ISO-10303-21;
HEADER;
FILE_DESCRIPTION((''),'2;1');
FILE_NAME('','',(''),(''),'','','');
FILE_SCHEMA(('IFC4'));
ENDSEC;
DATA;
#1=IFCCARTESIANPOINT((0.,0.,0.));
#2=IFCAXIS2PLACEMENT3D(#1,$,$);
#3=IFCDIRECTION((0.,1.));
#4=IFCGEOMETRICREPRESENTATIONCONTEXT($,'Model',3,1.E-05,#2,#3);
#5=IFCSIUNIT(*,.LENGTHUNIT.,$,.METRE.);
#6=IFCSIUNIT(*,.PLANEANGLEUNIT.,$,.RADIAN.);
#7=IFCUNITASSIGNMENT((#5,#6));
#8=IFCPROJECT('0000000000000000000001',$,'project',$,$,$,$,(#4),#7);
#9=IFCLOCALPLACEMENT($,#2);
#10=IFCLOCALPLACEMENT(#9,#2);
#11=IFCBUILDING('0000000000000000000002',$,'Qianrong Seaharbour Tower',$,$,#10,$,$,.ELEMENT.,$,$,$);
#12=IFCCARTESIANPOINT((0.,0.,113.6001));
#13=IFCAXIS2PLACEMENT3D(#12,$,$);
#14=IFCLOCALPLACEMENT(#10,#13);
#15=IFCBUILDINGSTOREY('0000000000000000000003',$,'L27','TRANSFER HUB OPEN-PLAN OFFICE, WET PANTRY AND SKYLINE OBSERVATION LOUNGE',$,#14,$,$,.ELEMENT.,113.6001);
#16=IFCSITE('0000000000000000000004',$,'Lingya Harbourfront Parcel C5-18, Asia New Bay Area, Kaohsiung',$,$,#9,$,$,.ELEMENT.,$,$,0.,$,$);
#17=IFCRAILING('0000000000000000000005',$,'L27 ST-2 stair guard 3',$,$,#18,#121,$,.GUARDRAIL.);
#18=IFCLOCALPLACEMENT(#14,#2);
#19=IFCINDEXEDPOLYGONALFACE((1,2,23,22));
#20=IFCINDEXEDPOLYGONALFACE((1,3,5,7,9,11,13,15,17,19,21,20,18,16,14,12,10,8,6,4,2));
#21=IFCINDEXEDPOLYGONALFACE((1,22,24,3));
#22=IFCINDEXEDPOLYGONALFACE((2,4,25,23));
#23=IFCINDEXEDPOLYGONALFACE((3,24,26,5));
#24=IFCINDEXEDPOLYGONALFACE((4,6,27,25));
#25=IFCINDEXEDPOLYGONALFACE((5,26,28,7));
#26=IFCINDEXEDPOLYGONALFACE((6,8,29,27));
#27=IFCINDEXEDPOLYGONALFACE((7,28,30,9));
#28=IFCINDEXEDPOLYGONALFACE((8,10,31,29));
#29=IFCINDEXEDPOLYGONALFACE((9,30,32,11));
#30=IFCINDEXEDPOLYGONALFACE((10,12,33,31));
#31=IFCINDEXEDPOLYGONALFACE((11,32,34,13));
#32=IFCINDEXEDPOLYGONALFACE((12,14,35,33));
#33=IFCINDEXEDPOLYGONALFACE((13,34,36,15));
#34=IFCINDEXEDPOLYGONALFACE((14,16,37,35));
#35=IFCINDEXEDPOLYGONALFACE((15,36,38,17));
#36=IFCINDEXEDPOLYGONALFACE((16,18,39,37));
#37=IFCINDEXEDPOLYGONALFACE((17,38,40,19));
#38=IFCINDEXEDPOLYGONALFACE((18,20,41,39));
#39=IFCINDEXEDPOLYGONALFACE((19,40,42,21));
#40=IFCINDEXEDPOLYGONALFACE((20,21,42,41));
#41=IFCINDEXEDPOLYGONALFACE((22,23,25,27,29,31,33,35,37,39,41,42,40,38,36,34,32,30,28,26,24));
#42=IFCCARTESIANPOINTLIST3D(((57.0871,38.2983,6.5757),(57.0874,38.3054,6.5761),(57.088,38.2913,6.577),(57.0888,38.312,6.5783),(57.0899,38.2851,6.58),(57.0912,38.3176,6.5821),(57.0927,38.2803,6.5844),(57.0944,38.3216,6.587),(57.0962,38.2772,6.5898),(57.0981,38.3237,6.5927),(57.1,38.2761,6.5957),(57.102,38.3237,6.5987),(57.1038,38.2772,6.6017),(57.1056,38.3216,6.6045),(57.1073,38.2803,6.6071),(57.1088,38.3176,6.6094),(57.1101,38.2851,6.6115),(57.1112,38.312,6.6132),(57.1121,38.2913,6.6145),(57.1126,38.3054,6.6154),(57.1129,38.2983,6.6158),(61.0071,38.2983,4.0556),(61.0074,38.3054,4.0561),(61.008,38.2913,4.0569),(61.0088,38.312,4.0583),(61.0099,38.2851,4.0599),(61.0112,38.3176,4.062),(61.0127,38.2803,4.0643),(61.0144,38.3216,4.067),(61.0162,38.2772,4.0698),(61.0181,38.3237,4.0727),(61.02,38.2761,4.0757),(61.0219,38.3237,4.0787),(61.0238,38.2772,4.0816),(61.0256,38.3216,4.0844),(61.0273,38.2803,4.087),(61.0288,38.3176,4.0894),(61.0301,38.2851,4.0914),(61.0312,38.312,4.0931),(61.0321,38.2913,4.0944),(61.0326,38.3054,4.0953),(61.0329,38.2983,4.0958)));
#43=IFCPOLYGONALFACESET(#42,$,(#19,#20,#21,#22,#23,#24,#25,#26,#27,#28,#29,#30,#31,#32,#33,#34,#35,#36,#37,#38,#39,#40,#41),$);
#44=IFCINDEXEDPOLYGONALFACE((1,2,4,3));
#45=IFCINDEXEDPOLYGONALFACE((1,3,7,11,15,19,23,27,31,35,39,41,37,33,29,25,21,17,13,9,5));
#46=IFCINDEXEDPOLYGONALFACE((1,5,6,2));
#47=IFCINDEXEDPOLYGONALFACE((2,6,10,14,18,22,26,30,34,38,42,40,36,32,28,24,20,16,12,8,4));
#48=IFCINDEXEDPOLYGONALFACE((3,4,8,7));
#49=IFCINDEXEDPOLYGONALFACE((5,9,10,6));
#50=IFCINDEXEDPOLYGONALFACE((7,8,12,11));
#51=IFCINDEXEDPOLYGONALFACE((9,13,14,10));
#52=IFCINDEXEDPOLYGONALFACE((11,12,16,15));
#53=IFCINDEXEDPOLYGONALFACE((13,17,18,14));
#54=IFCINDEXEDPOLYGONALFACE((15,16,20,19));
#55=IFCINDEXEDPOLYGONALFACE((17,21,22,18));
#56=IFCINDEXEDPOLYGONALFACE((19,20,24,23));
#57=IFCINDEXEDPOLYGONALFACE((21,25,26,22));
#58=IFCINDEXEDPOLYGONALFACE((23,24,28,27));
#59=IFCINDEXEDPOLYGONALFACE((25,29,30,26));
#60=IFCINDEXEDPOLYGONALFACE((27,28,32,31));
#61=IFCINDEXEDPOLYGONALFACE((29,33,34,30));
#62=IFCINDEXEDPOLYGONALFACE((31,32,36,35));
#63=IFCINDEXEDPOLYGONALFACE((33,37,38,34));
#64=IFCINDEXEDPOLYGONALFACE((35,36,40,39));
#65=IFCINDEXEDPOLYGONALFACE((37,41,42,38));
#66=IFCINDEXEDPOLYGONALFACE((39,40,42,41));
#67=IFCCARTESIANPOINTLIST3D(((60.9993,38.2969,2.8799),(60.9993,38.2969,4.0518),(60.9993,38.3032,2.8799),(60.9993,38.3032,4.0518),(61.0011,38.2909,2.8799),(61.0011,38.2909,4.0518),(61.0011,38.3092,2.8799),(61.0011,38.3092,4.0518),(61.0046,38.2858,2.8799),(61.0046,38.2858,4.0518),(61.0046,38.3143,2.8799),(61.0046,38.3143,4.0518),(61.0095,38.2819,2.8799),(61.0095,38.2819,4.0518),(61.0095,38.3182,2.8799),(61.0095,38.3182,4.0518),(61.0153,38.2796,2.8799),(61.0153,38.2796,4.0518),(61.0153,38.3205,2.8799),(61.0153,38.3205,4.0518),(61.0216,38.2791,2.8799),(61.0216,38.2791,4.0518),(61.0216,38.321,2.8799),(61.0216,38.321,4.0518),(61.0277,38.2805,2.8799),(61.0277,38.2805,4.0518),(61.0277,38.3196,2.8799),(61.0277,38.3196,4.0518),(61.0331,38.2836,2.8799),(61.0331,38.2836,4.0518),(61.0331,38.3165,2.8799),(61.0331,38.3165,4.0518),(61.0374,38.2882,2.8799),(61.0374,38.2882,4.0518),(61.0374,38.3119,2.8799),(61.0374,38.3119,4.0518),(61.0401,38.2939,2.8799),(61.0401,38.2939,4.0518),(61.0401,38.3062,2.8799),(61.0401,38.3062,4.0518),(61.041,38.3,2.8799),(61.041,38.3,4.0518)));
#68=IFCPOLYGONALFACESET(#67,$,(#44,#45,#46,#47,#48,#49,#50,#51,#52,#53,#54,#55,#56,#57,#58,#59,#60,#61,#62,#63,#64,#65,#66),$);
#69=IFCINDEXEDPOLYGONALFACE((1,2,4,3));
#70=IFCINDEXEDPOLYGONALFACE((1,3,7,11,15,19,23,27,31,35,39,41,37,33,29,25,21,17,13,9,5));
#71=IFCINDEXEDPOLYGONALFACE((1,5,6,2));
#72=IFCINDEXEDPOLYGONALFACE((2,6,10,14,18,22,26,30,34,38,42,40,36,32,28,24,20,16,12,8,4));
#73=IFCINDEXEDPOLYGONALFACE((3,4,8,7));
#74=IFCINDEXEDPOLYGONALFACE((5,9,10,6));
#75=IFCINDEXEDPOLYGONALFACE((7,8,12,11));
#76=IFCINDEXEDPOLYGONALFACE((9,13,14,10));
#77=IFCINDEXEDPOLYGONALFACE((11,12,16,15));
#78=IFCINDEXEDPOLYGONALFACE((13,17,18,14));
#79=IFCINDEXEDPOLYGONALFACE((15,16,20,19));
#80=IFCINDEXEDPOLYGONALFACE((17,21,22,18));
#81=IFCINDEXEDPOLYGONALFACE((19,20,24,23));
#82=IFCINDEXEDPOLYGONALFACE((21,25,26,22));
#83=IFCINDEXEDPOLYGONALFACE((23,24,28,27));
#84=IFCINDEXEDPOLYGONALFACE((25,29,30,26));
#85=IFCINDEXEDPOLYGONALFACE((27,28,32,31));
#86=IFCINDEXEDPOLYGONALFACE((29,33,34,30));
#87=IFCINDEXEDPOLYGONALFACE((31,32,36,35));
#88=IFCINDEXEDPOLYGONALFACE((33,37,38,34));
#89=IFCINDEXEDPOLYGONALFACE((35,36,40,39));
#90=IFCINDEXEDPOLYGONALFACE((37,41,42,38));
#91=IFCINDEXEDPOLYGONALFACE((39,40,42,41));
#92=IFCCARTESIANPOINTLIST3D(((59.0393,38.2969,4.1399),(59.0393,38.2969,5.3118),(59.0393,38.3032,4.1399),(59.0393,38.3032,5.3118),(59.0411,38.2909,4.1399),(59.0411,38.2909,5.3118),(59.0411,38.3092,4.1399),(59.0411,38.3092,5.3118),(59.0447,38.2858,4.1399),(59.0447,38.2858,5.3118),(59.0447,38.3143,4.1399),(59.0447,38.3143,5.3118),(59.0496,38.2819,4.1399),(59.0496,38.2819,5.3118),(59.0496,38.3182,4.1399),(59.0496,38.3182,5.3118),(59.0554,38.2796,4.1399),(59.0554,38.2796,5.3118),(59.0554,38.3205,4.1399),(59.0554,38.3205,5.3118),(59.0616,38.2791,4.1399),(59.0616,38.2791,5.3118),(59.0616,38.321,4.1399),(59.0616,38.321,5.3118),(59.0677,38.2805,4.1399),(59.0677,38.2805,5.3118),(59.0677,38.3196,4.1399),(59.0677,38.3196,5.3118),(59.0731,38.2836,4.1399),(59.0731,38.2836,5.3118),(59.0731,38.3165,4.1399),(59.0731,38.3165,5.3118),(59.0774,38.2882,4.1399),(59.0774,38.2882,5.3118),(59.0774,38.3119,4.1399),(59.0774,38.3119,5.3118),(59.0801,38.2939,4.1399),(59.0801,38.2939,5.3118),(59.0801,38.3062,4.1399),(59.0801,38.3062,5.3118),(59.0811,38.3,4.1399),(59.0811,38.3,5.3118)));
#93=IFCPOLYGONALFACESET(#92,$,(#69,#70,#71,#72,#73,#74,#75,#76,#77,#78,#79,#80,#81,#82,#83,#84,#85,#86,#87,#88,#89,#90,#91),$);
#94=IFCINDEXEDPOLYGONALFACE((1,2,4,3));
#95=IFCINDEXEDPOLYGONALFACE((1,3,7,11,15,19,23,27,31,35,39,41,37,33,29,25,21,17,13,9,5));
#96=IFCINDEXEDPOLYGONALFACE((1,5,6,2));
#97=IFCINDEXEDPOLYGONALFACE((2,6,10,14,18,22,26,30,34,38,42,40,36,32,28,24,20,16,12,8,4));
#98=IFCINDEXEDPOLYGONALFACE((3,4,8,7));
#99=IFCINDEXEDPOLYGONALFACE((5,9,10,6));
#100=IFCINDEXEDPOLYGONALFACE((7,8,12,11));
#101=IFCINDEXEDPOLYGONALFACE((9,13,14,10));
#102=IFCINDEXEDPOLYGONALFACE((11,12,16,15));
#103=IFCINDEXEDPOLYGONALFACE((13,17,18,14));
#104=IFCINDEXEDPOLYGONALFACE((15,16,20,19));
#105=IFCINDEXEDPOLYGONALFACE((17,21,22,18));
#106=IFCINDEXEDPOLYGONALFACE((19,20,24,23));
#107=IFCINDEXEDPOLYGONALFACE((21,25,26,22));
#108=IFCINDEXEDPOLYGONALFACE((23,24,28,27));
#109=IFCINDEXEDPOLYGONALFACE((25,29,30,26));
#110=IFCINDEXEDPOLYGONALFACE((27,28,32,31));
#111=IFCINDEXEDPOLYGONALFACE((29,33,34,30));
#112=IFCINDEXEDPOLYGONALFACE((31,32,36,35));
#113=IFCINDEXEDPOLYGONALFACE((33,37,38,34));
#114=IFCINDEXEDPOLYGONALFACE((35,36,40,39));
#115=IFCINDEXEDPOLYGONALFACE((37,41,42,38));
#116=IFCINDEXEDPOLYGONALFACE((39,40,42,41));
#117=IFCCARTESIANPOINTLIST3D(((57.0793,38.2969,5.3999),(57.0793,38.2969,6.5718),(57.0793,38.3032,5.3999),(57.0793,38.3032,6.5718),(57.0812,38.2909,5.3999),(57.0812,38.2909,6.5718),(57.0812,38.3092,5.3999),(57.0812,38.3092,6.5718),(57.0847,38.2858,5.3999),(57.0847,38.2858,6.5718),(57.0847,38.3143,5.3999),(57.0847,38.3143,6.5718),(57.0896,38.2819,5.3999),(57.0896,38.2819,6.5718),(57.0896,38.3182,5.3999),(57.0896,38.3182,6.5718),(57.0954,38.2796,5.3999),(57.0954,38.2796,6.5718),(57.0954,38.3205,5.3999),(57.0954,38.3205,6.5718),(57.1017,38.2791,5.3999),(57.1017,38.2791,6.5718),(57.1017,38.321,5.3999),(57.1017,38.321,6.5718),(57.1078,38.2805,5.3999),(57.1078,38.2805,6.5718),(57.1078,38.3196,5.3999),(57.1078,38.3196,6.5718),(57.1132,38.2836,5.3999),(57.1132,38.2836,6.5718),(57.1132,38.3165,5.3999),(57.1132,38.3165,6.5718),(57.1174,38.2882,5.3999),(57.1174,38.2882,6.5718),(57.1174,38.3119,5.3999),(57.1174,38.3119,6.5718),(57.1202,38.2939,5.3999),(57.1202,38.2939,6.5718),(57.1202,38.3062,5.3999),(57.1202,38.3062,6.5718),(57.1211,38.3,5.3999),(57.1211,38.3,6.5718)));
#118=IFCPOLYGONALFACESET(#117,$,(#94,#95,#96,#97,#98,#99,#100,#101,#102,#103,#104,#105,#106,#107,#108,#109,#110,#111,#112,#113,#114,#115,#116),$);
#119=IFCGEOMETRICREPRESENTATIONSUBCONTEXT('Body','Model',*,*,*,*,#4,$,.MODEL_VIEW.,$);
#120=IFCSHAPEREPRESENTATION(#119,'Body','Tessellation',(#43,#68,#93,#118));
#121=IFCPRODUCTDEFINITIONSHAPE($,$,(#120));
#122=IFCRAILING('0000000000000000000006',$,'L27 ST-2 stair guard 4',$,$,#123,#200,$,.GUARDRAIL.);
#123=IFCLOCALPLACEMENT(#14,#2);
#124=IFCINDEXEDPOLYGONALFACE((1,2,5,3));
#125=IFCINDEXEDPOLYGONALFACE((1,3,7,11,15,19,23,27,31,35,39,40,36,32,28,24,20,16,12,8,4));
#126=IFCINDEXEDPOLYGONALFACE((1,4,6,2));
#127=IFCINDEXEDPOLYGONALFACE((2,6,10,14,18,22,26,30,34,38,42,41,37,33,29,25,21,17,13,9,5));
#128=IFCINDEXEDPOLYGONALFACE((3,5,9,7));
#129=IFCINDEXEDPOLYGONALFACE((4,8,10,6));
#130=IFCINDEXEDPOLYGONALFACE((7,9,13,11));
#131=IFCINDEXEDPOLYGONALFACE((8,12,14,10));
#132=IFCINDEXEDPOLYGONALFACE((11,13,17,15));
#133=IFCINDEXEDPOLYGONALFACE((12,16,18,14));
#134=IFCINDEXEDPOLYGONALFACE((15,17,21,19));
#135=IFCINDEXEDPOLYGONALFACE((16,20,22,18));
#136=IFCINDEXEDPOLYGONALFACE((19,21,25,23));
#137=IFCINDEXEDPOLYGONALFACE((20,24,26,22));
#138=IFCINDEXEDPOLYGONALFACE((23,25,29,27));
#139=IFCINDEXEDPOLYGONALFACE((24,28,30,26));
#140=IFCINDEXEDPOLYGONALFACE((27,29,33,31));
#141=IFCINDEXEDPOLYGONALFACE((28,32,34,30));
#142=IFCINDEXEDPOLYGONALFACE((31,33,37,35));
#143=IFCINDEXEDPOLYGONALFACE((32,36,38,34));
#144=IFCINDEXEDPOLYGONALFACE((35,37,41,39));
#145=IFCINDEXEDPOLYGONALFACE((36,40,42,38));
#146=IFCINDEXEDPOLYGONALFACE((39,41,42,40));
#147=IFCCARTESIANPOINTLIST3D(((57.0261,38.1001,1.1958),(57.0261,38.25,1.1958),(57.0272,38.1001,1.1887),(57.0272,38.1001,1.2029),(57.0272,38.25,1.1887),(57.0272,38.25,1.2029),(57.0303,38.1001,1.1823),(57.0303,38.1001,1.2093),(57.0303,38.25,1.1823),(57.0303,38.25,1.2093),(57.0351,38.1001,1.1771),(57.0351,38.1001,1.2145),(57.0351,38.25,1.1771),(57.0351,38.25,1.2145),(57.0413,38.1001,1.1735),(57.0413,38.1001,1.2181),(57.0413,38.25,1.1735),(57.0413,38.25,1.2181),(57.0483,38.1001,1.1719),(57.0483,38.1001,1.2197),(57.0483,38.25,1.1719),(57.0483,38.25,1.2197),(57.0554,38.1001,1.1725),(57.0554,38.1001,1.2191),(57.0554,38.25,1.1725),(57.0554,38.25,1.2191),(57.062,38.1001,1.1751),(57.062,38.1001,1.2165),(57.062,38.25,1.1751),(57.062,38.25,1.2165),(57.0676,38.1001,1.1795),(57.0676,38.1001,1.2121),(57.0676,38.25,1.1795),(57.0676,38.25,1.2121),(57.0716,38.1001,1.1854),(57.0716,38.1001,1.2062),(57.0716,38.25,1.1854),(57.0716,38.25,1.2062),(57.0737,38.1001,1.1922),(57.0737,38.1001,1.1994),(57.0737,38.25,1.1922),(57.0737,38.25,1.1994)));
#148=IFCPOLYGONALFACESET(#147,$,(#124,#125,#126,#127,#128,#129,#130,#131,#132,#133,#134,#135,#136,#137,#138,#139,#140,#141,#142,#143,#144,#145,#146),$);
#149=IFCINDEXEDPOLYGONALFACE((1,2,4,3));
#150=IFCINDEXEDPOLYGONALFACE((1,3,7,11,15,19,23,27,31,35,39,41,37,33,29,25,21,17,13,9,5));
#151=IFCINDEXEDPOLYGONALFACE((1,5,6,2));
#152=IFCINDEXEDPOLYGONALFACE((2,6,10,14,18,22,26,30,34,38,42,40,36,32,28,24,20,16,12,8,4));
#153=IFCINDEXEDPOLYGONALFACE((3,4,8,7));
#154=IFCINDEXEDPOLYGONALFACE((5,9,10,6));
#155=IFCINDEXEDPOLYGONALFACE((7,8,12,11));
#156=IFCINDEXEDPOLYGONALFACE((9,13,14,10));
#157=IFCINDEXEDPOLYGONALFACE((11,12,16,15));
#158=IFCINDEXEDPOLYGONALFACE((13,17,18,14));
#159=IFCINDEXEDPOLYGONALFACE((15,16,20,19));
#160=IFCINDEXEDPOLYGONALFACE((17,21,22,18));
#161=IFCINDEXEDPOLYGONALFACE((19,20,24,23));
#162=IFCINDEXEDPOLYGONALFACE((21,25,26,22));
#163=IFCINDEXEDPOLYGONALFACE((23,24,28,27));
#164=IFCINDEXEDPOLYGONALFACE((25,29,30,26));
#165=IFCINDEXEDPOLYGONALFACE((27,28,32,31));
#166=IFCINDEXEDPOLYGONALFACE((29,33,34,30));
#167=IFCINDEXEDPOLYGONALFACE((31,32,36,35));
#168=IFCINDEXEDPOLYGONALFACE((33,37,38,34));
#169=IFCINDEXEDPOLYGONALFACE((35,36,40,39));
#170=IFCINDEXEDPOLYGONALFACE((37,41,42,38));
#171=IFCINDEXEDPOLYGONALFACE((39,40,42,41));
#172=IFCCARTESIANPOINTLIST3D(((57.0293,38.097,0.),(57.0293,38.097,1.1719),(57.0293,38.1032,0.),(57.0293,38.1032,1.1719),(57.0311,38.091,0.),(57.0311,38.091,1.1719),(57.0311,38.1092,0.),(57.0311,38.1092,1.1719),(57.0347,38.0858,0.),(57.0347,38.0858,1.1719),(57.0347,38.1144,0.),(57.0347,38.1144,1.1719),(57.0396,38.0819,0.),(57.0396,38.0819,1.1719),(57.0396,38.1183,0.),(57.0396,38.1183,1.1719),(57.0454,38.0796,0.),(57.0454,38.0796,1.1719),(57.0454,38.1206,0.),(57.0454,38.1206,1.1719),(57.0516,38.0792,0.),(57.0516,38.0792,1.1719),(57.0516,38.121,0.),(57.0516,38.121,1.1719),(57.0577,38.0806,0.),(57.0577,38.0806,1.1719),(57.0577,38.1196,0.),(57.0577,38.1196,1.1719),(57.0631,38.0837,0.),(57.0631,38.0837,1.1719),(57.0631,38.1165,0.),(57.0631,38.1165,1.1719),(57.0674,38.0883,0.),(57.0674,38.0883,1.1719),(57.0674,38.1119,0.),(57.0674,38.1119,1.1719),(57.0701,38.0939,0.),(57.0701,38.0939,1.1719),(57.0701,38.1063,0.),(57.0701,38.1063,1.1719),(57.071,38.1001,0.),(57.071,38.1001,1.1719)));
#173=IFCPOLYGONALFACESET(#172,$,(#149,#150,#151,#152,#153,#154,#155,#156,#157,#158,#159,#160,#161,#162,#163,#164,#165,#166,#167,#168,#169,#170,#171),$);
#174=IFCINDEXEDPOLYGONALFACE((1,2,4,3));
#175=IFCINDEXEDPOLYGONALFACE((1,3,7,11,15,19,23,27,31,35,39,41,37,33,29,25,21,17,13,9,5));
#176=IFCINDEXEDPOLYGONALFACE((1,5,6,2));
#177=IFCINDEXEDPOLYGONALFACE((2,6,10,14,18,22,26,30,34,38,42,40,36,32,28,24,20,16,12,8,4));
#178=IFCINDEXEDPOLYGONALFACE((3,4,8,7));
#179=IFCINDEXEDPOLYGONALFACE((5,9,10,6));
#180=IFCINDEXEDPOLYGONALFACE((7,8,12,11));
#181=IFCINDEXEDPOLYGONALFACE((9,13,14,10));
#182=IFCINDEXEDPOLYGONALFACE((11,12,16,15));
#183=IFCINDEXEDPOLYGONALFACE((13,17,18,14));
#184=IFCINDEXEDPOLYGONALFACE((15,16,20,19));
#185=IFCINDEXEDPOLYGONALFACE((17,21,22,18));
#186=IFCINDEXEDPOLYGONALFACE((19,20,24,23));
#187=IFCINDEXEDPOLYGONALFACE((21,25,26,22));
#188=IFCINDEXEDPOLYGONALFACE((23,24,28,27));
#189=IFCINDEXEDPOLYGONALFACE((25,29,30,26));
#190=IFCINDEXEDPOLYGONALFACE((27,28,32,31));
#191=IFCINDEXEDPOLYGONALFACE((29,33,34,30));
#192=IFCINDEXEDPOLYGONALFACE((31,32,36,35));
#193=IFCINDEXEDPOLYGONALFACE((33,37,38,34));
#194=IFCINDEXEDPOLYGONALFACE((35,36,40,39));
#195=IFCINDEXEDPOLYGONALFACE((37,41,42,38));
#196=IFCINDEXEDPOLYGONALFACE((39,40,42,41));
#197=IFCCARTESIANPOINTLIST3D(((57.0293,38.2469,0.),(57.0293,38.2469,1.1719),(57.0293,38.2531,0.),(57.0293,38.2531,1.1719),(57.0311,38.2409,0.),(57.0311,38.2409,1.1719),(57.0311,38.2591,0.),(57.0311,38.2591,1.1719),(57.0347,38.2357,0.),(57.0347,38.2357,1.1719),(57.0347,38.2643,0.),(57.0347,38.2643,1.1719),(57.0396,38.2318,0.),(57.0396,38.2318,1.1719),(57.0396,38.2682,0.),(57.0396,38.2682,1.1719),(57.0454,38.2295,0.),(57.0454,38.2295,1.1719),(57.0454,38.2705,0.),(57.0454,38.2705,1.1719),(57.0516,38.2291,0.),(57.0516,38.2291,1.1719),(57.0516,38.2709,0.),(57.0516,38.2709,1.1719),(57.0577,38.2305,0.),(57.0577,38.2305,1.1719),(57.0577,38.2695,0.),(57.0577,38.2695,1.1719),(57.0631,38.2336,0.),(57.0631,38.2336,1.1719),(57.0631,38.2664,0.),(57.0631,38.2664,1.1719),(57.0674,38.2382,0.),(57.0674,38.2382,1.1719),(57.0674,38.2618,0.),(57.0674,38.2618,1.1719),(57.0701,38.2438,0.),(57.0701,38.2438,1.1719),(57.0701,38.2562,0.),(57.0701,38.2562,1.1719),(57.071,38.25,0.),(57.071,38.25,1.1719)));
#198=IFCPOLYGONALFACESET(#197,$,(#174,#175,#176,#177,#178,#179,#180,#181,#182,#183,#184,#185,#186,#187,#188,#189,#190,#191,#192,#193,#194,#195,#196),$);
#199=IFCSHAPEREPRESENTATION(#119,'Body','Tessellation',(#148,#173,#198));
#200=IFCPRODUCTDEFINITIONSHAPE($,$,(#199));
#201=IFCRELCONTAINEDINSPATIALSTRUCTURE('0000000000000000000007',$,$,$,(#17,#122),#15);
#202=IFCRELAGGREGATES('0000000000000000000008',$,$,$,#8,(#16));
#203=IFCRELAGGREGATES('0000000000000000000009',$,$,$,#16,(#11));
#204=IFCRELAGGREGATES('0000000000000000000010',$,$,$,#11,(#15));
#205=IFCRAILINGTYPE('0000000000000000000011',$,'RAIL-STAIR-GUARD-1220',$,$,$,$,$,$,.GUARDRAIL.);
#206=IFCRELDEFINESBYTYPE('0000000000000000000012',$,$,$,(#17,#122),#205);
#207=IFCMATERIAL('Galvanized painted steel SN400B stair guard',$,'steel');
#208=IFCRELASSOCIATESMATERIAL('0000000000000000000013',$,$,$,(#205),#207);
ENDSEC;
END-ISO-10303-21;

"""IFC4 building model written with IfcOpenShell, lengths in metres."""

from ifc_helpers import new_model, si_unit, direction, frame, origin, origin_2d, place, context, subcontext, project, spatial, circle, extrude, material, type_object, element, save


model = new_model("IFC4")

# Units and contexts
model_context = context("Model", 3, precision=1e-05, world=origin(), true_north=direction((0.0, 1.0)))
body_context = subcontext(model_context, "Body", "Model", "MODEL_VIEW")
ifc_project = project(units=[si_unit("LENGTHUNIT", "METRE"), si_unit("PLANEANGLEUNIT", "RADIAN")], contexts=[model_context])

# Site, building, storey
site_placement = place(None, origin())
site = spatial("IfcSite", under=ifc_project, at=site_placement, Name="Lingya Harbourfront Parcel C5-18, Asia New Bay Area, Kaohsiung", CompositionType="ELEMENT", RefElevation=0.0)
building_placement = place(site_placement, origin())
building = spatial("IfcBuilding", under=site, at=building_placement, Name="Qianrong Seaharbour Tower", CompositionType="ELEMENT")
storey_placement = place(building_placement, frame((0.0, 0.0, 113.6001)))
storey = spatial("IfcBuildingStorey", under=building, at=storey_placement, Name="L27", Description="TRANSFER HUB OPEN-PLAN OFFICE, WET PANTRY AND SKYLINE OBSERVATION LOUNGE", CompositionType="ELEMENT", Elevation=113.6001)

# Railings
ifc_material_1 = material(Name="Galvanized painted steel SN400B stair guard", Category="steel")
railing_type_1 = type_object("IfcRailingType", Name="RAIL-STAIR-GUARD-1220", PredefinedType="GUARDRAIL", material=ifc_material_1)
railing_1_placement = place(storey_placement, frame((61.02, 38.3, 2.8799)))
element("IfcRailing", 1, at=railing_1_placement, inside=storey, type_object=railing_type_1, Name="L27 ST-2 stair guard 3", PredefinedType="GUARDRAIL", context=body_context, shape_type="SweptSolid", body=[
    extrude(circle(Radius=0.0239, at=origin_2d()), frame((0.0, 0.0, 1.1958), z_axis=(-0.841172, 0.0, 0.540768), x_axis=(0.0, -1.0, 0.0)), (0.0, 0.0, 1.0), 4.6602),
    extrude(circle(Radius=0.021, at=origin_2d()), origin(), (0.0, 0.0, 1.0), 1.1719),
    extrude(circle(Radius=0.021, at=origin_2d()), frame((-1.96, 0.0, 1.26)), (0.0, 0.0, 1.0), 1.1719),
    extrude(circle(Radius=0.021, at=origin_2d()), frame((-3.9199, 0.0, 2.52)), (0.0, 0.0, 1.0), 1.1719),
])
railing_2_placement = place(storey_placement, frame((57.05, 38.1001, 0.0)))
element("IfcRailing", 2, at=railing_2_placement, inside=storey, type_object=railing_type_1, Name="L27 ST-2 stair guard 4", PredefinedType="GUARDRAIL", context=body_context, shape_type="SweptSolid", body=[
    extrude(circle(Radius=0.0239, at=origin_2d()), frame((0.0, 0.0, 1.1958), z_axis=(0.0, 1.0, 0.0), x_axis=(-1.0, 0.0, 0.0)), (0.0, 0.0, 1.0), 0.1499),
    extrude(circle(Radius=0.021, at=origin_2d()), origin(), (0.0, 0.0, 1.0), 1.1719),
    extrude(circle(Radius=0.021, at=origin_2d()), frame((0.0, 0.1499, 0.0)), (0.0, 0.0, 1.0), 1.1719),
])

save(model, "model.ifc")
